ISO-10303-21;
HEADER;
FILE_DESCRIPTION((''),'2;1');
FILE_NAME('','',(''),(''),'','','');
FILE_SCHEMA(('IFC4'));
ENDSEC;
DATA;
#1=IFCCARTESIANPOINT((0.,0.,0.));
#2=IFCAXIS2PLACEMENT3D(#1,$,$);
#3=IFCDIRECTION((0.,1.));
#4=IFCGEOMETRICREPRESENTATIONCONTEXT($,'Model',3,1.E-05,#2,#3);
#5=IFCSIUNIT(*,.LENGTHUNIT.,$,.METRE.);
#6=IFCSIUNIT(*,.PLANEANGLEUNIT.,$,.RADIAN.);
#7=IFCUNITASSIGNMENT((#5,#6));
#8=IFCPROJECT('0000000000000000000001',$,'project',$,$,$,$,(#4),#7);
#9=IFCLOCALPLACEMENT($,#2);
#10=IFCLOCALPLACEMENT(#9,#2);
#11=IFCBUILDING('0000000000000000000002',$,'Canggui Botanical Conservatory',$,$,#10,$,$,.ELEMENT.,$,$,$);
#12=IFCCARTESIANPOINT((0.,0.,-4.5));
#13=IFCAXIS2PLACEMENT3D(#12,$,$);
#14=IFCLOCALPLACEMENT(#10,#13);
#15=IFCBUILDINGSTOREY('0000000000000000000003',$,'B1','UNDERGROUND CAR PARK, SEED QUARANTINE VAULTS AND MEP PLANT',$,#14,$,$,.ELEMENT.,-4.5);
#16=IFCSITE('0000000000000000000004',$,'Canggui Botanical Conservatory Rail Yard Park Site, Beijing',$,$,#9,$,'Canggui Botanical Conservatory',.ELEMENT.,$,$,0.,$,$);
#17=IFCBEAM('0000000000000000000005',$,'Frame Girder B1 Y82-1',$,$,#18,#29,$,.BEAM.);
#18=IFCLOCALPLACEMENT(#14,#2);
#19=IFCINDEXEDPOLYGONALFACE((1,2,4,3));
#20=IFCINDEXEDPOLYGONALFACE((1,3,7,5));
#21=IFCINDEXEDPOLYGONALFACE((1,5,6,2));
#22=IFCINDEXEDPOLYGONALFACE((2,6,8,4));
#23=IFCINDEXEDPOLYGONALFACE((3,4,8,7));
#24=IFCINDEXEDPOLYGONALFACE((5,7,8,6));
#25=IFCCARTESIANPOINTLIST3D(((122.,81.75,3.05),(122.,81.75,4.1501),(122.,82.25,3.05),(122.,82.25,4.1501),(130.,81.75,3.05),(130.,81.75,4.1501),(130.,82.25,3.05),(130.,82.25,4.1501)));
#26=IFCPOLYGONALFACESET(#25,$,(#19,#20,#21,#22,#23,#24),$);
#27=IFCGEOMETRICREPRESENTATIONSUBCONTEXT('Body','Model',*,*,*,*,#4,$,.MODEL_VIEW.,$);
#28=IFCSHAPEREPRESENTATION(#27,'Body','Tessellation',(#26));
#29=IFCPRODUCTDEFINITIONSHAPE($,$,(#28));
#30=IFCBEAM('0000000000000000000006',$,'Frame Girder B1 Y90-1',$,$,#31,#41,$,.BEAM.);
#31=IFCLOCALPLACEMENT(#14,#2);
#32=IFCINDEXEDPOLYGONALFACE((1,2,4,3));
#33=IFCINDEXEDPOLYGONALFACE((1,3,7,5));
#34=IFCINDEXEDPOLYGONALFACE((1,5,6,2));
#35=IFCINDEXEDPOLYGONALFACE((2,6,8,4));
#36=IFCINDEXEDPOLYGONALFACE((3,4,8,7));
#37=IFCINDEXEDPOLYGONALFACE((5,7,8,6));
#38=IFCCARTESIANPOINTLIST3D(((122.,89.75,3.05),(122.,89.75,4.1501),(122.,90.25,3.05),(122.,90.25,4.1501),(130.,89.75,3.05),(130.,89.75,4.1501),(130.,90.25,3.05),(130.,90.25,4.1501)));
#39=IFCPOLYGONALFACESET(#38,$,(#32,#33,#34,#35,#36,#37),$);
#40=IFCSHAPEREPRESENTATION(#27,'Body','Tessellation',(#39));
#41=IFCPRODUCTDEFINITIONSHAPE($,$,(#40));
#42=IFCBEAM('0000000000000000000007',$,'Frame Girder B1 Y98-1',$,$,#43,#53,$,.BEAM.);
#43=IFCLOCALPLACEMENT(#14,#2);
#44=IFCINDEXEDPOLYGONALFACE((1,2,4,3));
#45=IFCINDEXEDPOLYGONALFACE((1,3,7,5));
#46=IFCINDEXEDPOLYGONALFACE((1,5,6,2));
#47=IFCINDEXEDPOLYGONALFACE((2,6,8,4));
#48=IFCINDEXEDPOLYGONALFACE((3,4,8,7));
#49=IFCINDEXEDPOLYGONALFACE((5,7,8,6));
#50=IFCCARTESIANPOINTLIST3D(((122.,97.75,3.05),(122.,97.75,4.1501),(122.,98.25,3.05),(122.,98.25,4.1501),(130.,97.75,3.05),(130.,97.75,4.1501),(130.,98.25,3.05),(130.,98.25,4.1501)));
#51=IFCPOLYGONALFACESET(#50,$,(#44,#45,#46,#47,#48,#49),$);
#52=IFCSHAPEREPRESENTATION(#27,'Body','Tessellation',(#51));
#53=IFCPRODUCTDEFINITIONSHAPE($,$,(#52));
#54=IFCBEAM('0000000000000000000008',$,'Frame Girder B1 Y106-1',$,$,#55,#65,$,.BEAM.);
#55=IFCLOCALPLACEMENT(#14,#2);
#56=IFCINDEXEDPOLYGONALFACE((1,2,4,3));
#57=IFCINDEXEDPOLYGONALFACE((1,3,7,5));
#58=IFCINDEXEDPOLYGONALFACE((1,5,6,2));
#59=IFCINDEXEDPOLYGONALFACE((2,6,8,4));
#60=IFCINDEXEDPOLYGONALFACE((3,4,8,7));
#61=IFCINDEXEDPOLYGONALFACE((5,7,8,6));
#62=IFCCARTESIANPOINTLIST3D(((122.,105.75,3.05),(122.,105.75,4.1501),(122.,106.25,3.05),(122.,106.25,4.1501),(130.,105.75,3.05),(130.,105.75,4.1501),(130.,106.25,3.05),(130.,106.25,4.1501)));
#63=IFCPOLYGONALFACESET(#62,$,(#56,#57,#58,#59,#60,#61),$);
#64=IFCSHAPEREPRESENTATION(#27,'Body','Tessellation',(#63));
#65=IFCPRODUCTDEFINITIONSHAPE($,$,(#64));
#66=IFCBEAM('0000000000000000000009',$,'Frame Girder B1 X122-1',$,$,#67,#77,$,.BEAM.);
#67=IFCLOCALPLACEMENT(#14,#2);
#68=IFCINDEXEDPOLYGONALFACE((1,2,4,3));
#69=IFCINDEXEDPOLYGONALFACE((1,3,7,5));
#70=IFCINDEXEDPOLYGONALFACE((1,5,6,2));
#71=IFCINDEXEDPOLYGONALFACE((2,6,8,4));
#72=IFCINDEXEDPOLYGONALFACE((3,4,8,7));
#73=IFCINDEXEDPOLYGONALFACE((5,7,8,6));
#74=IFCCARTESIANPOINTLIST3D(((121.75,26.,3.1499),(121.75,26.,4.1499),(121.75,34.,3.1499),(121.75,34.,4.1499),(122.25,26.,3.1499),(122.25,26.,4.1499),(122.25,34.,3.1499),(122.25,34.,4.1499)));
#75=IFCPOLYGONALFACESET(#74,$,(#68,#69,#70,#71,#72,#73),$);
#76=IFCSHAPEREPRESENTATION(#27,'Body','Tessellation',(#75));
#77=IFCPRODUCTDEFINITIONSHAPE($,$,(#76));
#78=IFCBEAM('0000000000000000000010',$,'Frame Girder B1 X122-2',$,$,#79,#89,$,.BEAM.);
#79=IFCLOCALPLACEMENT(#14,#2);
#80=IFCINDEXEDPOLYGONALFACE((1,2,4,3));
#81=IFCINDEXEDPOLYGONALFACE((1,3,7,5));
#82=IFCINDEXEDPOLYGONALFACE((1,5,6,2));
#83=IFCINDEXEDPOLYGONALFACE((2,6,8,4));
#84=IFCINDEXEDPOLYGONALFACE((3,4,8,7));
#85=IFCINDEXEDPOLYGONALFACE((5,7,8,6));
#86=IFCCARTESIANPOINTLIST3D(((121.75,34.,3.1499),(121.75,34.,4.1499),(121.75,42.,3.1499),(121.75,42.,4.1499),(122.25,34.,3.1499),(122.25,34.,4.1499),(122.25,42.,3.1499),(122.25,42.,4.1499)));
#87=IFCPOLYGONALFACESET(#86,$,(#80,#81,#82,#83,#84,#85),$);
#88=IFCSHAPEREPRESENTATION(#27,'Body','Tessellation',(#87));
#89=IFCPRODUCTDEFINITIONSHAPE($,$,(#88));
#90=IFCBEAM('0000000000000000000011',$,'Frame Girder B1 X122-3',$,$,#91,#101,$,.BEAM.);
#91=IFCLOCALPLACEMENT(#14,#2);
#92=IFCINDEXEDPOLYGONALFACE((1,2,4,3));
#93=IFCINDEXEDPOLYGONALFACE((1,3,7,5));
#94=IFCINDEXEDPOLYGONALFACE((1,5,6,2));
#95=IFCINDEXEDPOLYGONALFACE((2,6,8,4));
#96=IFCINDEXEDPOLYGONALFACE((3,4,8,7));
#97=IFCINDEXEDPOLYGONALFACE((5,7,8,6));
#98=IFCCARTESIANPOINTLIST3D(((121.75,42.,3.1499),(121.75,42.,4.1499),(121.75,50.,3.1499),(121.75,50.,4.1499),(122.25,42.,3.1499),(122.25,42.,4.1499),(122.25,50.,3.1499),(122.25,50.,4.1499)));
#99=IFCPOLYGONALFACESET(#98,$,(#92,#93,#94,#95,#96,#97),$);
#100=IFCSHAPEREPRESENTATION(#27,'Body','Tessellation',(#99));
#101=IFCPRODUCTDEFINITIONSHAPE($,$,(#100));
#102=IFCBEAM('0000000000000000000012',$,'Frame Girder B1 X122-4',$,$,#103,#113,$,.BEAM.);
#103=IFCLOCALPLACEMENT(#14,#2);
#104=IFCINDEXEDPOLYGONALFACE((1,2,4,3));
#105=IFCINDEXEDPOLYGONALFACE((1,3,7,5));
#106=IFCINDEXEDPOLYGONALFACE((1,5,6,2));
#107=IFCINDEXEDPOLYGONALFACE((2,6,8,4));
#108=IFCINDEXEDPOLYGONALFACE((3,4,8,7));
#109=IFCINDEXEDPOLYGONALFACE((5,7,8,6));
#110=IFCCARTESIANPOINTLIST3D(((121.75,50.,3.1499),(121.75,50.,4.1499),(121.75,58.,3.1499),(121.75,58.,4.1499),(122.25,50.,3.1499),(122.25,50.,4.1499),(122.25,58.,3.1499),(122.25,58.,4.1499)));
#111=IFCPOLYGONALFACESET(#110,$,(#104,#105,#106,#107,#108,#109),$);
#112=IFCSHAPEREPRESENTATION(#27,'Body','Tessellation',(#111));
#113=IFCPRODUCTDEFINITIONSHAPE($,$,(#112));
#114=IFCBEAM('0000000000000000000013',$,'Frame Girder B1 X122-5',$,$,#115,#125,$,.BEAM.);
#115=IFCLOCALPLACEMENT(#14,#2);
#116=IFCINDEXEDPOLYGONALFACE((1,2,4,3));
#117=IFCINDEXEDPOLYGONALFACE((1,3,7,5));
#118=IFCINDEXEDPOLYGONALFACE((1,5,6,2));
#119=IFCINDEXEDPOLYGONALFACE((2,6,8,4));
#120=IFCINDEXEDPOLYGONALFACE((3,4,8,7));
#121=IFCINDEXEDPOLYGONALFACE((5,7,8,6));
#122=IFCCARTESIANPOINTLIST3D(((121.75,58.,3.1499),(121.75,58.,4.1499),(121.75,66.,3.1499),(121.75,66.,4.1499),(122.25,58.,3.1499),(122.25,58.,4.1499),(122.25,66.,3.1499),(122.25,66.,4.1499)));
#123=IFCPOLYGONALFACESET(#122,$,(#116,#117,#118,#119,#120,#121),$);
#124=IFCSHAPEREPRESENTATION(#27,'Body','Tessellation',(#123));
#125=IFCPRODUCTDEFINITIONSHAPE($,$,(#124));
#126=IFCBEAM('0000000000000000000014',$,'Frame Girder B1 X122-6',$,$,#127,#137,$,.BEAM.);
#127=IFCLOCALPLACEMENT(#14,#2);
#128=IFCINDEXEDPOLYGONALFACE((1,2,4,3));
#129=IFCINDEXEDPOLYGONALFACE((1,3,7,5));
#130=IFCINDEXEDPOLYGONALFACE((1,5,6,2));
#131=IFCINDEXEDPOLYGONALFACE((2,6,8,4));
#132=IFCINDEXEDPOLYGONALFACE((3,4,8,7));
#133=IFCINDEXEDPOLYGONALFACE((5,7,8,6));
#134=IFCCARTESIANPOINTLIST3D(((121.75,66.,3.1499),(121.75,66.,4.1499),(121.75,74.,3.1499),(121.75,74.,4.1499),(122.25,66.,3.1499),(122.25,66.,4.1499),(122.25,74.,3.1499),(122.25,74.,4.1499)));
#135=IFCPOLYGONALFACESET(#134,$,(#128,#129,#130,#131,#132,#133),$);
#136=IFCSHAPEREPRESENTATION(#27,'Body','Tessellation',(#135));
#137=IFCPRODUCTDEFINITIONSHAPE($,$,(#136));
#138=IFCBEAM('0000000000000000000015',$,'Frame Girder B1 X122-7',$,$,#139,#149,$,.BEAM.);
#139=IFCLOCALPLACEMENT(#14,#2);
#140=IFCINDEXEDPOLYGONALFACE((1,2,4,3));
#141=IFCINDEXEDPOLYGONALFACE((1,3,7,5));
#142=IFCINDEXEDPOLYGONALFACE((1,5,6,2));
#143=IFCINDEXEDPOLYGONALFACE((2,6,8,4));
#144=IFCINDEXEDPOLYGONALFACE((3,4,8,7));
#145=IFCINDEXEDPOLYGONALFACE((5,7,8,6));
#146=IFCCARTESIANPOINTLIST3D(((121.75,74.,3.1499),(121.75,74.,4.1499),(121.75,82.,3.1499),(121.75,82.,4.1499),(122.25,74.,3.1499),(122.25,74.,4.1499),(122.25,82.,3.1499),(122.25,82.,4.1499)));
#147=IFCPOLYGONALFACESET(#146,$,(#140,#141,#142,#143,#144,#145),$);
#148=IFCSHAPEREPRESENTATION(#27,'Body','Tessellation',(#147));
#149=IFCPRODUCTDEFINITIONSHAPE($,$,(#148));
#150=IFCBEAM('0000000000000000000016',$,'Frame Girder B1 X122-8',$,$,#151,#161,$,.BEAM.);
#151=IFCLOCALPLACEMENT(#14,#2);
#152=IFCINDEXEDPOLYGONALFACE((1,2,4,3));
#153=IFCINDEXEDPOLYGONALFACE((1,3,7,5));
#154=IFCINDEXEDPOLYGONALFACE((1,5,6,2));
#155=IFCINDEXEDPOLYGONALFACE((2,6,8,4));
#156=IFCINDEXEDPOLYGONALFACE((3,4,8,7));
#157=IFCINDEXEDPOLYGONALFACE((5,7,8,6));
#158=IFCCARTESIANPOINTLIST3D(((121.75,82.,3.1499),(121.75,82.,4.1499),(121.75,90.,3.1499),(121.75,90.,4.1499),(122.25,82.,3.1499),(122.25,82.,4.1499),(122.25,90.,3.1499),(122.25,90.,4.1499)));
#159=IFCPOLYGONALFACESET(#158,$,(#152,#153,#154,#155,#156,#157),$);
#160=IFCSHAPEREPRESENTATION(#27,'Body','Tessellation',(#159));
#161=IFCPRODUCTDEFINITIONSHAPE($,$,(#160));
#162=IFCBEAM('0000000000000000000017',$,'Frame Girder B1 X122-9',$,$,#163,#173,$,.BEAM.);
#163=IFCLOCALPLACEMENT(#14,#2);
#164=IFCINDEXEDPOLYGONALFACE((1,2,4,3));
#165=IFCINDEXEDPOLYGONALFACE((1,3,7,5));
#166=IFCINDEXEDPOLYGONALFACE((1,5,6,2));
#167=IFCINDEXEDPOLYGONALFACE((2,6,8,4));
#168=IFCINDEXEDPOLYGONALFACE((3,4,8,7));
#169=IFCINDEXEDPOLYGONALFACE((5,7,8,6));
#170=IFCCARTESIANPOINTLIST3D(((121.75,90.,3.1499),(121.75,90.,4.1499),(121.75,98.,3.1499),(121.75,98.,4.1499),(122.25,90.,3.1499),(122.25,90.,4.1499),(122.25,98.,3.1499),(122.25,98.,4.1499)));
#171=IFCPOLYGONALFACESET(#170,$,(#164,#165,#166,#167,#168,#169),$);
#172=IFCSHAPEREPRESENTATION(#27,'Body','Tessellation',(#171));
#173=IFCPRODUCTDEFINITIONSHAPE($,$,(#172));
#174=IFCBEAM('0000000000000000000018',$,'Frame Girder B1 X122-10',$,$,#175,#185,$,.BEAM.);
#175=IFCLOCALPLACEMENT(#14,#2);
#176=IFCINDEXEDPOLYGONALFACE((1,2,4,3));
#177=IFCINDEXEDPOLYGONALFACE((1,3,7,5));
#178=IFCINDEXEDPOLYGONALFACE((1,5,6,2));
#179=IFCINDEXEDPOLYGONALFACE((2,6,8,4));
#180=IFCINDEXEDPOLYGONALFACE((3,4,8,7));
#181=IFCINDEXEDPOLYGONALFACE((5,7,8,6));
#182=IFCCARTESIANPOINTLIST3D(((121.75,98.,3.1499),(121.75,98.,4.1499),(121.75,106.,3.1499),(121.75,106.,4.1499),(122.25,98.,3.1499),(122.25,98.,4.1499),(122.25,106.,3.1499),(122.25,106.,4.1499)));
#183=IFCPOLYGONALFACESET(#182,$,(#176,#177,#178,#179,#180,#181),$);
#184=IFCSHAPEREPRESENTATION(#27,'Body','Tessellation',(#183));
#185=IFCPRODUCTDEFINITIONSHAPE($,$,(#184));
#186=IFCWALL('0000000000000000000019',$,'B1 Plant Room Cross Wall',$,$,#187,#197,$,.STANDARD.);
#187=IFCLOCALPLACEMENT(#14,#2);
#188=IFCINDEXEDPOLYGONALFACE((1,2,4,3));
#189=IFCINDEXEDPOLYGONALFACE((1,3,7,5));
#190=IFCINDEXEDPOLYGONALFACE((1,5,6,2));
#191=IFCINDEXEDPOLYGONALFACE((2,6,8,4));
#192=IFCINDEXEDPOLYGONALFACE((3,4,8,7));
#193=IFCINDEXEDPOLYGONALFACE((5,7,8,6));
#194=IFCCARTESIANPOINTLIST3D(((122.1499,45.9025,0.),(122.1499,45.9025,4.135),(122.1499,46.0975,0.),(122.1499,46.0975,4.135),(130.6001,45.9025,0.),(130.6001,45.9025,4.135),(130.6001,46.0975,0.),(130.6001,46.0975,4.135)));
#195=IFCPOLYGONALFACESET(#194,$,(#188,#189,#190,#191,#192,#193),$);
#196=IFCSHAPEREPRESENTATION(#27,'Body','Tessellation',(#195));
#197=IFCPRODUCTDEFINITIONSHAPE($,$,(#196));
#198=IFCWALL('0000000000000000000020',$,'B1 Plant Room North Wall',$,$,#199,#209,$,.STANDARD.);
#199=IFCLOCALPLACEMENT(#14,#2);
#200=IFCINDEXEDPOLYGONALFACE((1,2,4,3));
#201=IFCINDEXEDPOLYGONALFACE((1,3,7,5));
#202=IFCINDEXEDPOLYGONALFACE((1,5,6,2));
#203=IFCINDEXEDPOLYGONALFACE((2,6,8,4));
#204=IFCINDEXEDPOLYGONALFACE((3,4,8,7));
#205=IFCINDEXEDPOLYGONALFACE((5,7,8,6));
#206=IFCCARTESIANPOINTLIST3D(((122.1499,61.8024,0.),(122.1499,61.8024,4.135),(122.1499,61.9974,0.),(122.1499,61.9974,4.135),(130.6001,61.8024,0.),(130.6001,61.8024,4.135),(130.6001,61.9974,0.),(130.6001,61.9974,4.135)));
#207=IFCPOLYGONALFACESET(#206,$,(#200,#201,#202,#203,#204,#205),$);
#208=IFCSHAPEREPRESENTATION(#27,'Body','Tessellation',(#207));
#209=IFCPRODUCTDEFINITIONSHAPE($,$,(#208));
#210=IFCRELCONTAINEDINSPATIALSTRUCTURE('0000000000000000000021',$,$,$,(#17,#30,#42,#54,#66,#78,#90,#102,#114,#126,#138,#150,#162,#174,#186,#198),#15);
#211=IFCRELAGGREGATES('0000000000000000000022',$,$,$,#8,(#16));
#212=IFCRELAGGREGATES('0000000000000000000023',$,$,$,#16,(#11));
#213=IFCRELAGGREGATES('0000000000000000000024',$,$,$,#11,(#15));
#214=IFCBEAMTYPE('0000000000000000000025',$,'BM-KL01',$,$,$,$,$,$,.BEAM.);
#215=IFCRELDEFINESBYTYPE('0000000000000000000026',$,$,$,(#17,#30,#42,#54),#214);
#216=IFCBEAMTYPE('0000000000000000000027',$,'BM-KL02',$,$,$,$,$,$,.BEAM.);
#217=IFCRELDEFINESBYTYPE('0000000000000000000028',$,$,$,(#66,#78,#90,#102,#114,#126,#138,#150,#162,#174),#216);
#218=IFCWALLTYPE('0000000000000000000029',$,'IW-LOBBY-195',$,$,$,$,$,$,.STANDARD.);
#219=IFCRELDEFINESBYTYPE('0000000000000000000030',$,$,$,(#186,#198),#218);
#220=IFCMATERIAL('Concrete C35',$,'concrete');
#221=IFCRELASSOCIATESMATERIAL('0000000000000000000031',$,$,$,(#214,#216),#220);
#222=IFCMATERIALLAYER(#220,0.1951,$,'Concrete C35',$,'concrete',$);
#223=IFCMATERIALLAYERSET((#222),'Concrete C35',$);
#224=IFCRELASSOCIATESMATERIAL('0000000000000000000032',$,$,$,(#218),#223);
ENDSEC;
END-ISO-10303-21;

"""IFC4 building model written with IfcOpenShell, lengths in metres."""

from ifc_helpers import new_model, si_unit, direction, frame, frame_2d, origin, origin_2d, place, context, subcontext, project, spatial, rectangle, extrude, material, layer, layer_set, material_profile, profile_set, type_object, element, save


model = new_model("IFC4")

# Units and contexts
model_context = context("Model", 3, precision=1e-05, world=origin(), true_north=direction((0.0, 1.0)))
body_context = subcontext(model_context, "Body", "Model", "MODEL_VIEW")
ifc_project = project(units=[si_unit("LENGTHUNIT", "METRE"), si_unit("PLANEANGLEUNIT", "RADIAN")], contexts=[model_context])

# Site, building, storey
site_placement = place(None, origin())
site = spatial("IfcSite", under=ifc_project, at=site_placement, Name="Canggui Botanical Conservatory Rail Yard Park Site, Beijing", LongName="Canggui Botanical Conservatory", CompositionType="ELEMENT", RefElevation=0.0)
building_placement = place(site_placement, origin())
building = spatial("IfcBuilding", under=site, at=building_placement, Name="Canggui Botanical Conservatory", CompositionType="ELEMENT")
storey_placement = place(building_placement, frame((0.0, 0.0, -4.5)))
storey = spatial("IfcBuildingStorey", under=building, at=storey_placement, Name="B1", Description="UNDERGROUND CAR PARK, SEED QUARANTINE VAULTS AND MEP PLANT", CompositionType="ELEMENT", Elevation=-4.5)

# Beams
ifc_material_1 = material(Name="Concrete C35", Category="concrete")
ifc_material_profile_1 = material_profile(ifc_material_1, rectangle(XDim=0.5, YDim=1.1001, at=origin_2d()), Name="RB 500x1100")
ifc_profile_set_1 = profile_set([ifc_material_profile_1], Name="Concrete C35")
beam_type_1 = type_object("IfcBeamType", Name="BM-KL01", PredefinedType="BEAM", material=ifc_profile_set_1)
for number, where, z_axis, x_axis, name in (
    (1, (122.0, 82.0, 3.6001), (1.0, 0.0, 0.0), (0.0, 1.0, 0.0), "Frame Girder B1 Y82-1"),
    (2, (122.0, 90.0, 3.6001), (1.0, 0.0, 0.0), (0.0, 1.0, 0.0), "Frame Girder B1 Y90-1"),
    (3, (122.0, 98.0, 3.6001), (1.0, 0.0, 0.0), (0.0, 1.0, 0.0), "Frame Girder B1 Y98-1"),
    (4, (122.0, 106.0, 3.6001), (1.0, 0.0, 0.0), (0.0, 1.0, 0.0), "Frame Girder B1 Y106-1"),
):
    element("IfcBeam", number, at=place(storey_placement, frame(where, z_axis=z_axis, x_axis=x_axis)), inside=storey, type_object=beam_type_1, Name=name, PredefinedType="BEAM", context=body_context, shape_type="SweptSolid", body=[
        extrude(rectangle(XDim=0.5, YDim=1.1001, at=origin_2d()), origin(), (0.0, 0.0, 1.0), 8.0),
    ])
ifc_material_profile_2 = material_profile(ifc_material_1, rectangle(XDim=0.5, YDim=1.0, at=origin_2d()), Name="RB 500x1000")
ifc_profile_set_2 = profile_set([ifc_material_profile_2], Name="Concrete C35")
beam_type_2 = type_object("IfcBeamType", Name="BM-KL02", PredefinedType="BEAM", material=ifc_profile_set_2)
for number, where, z_axis, x_axis, name in (
    (5, (122.0, 26.0, 3.6499), (0.0, 1.0, 0.0), (-1.0, 0.0, 0.0), "Frame Girder B1 X122-1"),
    (6, (122.0, 34.0, 3.6499), (0.0, 1.0, 0.0), (-1.0, 0.0, 0.0), "Frame Girder B1 X122-2"),
    (7, (122.0, 42.0, 3.6499), (0.0, 1.0, 0.0), (-1.0, 0.0, 0.0), "Frame Girder B1 X122-3"),
    (8, (122.0, 50.0, 3.6499), (0.0, 1.0, 0.0), (-1.0, 0.0, 0.0), "Frame Girder B1 X122-4"),
    (9, (122.0, 58.0, 3.6499), (0.0, 1.0, 0.0), (-1.0, 0.0, 0.0), "Frame Girder B1 X122-5"),
    (10, (122.0, 66.0, 3.6499), (0.0, 1.0, 0.0), (-1.0, 0.0, 0.0), "Frame Girder B1 X122-6"),
    (11, (122.0, 74.0, 3.6499), (0.0, 1.0, 0.0), (-1.0, 0.0, 0.0), "Frame Girder B1 X122-7"),
    (12, (122.0, 82.0, 3.6499), (0.0, 1.0, 0.0), (-1.0, 0.0, 0.0), "Frame Girder B1 X122-8"),
    (13, (122.0, 90.0, 3.6499), (0.0, 1.0, 0.0), (-1.0, 0.0, 0.0), "Frame Girder B1 X122-9"),
    (14, (122.0, 98.0, 3.6499), (0.0, 1.0, 0.0), (-1.0, 0.0, 0.0), "Frame Girder B1 X122-10"),
):
    element("IfcBeam", number, at=place(storey_placement, frame(where, z_axis=z_axis, x_axis=x_axis)), inside=storey, type_object=beam_type_2, Name=name, PredefinedType="BEAM", context=body_context, shape_type="SweptSolid", body=[
        extrude(rectangle(XDim=0.5, YDim=1.0, at=origin_2d()), origin(), (0.0, 0.0, 1.0), 8.0),
    ])

# Walls
ifc_layer_1 = layer(ifc_material_1, 0.1951, Name="Concrete C35", Category="concrete")
ifc_layer_set_1 = layer_set([ifc_layer_1], Name="Concrete C35")
wall_type_1 = type_object("IfcWallType", Name="IW-LOBBY-195", PredefinedType="STANDARD", material=ifc_layer_set_1)
for number, where, z_axis, x_axis, name in (
    (15, (122.1499, 46.0, 0.0), (0.0, 0.0, 1.0), (1.0, 0.0, 0.0), "B1 Plant Room Cross Wall"),
    (16, (122.1499, 61.8999, 0.0), (0.0, 0.0, 1.0), (1.0, 0.0, 0.0), "B1 Plant Room North Wall"),
):
    element("IfcWall", number, at=place(storey_placement, frame(where, z_axis=z_axis, x_axis=x_axis)), inside=storey, type_object=wall_type_1, Name=name, PredefinedType="STANDARD", context=body_context, shape_type="SweptSolid", body=[
        extrude(rectangle(XDim=8.4502, YDim=0.1951, at=frame_2d((4.2251, 0.0))), origin(), (0.0, 0.0, 1.0), 4.135),
    ])

save(model, "model.ifc")
